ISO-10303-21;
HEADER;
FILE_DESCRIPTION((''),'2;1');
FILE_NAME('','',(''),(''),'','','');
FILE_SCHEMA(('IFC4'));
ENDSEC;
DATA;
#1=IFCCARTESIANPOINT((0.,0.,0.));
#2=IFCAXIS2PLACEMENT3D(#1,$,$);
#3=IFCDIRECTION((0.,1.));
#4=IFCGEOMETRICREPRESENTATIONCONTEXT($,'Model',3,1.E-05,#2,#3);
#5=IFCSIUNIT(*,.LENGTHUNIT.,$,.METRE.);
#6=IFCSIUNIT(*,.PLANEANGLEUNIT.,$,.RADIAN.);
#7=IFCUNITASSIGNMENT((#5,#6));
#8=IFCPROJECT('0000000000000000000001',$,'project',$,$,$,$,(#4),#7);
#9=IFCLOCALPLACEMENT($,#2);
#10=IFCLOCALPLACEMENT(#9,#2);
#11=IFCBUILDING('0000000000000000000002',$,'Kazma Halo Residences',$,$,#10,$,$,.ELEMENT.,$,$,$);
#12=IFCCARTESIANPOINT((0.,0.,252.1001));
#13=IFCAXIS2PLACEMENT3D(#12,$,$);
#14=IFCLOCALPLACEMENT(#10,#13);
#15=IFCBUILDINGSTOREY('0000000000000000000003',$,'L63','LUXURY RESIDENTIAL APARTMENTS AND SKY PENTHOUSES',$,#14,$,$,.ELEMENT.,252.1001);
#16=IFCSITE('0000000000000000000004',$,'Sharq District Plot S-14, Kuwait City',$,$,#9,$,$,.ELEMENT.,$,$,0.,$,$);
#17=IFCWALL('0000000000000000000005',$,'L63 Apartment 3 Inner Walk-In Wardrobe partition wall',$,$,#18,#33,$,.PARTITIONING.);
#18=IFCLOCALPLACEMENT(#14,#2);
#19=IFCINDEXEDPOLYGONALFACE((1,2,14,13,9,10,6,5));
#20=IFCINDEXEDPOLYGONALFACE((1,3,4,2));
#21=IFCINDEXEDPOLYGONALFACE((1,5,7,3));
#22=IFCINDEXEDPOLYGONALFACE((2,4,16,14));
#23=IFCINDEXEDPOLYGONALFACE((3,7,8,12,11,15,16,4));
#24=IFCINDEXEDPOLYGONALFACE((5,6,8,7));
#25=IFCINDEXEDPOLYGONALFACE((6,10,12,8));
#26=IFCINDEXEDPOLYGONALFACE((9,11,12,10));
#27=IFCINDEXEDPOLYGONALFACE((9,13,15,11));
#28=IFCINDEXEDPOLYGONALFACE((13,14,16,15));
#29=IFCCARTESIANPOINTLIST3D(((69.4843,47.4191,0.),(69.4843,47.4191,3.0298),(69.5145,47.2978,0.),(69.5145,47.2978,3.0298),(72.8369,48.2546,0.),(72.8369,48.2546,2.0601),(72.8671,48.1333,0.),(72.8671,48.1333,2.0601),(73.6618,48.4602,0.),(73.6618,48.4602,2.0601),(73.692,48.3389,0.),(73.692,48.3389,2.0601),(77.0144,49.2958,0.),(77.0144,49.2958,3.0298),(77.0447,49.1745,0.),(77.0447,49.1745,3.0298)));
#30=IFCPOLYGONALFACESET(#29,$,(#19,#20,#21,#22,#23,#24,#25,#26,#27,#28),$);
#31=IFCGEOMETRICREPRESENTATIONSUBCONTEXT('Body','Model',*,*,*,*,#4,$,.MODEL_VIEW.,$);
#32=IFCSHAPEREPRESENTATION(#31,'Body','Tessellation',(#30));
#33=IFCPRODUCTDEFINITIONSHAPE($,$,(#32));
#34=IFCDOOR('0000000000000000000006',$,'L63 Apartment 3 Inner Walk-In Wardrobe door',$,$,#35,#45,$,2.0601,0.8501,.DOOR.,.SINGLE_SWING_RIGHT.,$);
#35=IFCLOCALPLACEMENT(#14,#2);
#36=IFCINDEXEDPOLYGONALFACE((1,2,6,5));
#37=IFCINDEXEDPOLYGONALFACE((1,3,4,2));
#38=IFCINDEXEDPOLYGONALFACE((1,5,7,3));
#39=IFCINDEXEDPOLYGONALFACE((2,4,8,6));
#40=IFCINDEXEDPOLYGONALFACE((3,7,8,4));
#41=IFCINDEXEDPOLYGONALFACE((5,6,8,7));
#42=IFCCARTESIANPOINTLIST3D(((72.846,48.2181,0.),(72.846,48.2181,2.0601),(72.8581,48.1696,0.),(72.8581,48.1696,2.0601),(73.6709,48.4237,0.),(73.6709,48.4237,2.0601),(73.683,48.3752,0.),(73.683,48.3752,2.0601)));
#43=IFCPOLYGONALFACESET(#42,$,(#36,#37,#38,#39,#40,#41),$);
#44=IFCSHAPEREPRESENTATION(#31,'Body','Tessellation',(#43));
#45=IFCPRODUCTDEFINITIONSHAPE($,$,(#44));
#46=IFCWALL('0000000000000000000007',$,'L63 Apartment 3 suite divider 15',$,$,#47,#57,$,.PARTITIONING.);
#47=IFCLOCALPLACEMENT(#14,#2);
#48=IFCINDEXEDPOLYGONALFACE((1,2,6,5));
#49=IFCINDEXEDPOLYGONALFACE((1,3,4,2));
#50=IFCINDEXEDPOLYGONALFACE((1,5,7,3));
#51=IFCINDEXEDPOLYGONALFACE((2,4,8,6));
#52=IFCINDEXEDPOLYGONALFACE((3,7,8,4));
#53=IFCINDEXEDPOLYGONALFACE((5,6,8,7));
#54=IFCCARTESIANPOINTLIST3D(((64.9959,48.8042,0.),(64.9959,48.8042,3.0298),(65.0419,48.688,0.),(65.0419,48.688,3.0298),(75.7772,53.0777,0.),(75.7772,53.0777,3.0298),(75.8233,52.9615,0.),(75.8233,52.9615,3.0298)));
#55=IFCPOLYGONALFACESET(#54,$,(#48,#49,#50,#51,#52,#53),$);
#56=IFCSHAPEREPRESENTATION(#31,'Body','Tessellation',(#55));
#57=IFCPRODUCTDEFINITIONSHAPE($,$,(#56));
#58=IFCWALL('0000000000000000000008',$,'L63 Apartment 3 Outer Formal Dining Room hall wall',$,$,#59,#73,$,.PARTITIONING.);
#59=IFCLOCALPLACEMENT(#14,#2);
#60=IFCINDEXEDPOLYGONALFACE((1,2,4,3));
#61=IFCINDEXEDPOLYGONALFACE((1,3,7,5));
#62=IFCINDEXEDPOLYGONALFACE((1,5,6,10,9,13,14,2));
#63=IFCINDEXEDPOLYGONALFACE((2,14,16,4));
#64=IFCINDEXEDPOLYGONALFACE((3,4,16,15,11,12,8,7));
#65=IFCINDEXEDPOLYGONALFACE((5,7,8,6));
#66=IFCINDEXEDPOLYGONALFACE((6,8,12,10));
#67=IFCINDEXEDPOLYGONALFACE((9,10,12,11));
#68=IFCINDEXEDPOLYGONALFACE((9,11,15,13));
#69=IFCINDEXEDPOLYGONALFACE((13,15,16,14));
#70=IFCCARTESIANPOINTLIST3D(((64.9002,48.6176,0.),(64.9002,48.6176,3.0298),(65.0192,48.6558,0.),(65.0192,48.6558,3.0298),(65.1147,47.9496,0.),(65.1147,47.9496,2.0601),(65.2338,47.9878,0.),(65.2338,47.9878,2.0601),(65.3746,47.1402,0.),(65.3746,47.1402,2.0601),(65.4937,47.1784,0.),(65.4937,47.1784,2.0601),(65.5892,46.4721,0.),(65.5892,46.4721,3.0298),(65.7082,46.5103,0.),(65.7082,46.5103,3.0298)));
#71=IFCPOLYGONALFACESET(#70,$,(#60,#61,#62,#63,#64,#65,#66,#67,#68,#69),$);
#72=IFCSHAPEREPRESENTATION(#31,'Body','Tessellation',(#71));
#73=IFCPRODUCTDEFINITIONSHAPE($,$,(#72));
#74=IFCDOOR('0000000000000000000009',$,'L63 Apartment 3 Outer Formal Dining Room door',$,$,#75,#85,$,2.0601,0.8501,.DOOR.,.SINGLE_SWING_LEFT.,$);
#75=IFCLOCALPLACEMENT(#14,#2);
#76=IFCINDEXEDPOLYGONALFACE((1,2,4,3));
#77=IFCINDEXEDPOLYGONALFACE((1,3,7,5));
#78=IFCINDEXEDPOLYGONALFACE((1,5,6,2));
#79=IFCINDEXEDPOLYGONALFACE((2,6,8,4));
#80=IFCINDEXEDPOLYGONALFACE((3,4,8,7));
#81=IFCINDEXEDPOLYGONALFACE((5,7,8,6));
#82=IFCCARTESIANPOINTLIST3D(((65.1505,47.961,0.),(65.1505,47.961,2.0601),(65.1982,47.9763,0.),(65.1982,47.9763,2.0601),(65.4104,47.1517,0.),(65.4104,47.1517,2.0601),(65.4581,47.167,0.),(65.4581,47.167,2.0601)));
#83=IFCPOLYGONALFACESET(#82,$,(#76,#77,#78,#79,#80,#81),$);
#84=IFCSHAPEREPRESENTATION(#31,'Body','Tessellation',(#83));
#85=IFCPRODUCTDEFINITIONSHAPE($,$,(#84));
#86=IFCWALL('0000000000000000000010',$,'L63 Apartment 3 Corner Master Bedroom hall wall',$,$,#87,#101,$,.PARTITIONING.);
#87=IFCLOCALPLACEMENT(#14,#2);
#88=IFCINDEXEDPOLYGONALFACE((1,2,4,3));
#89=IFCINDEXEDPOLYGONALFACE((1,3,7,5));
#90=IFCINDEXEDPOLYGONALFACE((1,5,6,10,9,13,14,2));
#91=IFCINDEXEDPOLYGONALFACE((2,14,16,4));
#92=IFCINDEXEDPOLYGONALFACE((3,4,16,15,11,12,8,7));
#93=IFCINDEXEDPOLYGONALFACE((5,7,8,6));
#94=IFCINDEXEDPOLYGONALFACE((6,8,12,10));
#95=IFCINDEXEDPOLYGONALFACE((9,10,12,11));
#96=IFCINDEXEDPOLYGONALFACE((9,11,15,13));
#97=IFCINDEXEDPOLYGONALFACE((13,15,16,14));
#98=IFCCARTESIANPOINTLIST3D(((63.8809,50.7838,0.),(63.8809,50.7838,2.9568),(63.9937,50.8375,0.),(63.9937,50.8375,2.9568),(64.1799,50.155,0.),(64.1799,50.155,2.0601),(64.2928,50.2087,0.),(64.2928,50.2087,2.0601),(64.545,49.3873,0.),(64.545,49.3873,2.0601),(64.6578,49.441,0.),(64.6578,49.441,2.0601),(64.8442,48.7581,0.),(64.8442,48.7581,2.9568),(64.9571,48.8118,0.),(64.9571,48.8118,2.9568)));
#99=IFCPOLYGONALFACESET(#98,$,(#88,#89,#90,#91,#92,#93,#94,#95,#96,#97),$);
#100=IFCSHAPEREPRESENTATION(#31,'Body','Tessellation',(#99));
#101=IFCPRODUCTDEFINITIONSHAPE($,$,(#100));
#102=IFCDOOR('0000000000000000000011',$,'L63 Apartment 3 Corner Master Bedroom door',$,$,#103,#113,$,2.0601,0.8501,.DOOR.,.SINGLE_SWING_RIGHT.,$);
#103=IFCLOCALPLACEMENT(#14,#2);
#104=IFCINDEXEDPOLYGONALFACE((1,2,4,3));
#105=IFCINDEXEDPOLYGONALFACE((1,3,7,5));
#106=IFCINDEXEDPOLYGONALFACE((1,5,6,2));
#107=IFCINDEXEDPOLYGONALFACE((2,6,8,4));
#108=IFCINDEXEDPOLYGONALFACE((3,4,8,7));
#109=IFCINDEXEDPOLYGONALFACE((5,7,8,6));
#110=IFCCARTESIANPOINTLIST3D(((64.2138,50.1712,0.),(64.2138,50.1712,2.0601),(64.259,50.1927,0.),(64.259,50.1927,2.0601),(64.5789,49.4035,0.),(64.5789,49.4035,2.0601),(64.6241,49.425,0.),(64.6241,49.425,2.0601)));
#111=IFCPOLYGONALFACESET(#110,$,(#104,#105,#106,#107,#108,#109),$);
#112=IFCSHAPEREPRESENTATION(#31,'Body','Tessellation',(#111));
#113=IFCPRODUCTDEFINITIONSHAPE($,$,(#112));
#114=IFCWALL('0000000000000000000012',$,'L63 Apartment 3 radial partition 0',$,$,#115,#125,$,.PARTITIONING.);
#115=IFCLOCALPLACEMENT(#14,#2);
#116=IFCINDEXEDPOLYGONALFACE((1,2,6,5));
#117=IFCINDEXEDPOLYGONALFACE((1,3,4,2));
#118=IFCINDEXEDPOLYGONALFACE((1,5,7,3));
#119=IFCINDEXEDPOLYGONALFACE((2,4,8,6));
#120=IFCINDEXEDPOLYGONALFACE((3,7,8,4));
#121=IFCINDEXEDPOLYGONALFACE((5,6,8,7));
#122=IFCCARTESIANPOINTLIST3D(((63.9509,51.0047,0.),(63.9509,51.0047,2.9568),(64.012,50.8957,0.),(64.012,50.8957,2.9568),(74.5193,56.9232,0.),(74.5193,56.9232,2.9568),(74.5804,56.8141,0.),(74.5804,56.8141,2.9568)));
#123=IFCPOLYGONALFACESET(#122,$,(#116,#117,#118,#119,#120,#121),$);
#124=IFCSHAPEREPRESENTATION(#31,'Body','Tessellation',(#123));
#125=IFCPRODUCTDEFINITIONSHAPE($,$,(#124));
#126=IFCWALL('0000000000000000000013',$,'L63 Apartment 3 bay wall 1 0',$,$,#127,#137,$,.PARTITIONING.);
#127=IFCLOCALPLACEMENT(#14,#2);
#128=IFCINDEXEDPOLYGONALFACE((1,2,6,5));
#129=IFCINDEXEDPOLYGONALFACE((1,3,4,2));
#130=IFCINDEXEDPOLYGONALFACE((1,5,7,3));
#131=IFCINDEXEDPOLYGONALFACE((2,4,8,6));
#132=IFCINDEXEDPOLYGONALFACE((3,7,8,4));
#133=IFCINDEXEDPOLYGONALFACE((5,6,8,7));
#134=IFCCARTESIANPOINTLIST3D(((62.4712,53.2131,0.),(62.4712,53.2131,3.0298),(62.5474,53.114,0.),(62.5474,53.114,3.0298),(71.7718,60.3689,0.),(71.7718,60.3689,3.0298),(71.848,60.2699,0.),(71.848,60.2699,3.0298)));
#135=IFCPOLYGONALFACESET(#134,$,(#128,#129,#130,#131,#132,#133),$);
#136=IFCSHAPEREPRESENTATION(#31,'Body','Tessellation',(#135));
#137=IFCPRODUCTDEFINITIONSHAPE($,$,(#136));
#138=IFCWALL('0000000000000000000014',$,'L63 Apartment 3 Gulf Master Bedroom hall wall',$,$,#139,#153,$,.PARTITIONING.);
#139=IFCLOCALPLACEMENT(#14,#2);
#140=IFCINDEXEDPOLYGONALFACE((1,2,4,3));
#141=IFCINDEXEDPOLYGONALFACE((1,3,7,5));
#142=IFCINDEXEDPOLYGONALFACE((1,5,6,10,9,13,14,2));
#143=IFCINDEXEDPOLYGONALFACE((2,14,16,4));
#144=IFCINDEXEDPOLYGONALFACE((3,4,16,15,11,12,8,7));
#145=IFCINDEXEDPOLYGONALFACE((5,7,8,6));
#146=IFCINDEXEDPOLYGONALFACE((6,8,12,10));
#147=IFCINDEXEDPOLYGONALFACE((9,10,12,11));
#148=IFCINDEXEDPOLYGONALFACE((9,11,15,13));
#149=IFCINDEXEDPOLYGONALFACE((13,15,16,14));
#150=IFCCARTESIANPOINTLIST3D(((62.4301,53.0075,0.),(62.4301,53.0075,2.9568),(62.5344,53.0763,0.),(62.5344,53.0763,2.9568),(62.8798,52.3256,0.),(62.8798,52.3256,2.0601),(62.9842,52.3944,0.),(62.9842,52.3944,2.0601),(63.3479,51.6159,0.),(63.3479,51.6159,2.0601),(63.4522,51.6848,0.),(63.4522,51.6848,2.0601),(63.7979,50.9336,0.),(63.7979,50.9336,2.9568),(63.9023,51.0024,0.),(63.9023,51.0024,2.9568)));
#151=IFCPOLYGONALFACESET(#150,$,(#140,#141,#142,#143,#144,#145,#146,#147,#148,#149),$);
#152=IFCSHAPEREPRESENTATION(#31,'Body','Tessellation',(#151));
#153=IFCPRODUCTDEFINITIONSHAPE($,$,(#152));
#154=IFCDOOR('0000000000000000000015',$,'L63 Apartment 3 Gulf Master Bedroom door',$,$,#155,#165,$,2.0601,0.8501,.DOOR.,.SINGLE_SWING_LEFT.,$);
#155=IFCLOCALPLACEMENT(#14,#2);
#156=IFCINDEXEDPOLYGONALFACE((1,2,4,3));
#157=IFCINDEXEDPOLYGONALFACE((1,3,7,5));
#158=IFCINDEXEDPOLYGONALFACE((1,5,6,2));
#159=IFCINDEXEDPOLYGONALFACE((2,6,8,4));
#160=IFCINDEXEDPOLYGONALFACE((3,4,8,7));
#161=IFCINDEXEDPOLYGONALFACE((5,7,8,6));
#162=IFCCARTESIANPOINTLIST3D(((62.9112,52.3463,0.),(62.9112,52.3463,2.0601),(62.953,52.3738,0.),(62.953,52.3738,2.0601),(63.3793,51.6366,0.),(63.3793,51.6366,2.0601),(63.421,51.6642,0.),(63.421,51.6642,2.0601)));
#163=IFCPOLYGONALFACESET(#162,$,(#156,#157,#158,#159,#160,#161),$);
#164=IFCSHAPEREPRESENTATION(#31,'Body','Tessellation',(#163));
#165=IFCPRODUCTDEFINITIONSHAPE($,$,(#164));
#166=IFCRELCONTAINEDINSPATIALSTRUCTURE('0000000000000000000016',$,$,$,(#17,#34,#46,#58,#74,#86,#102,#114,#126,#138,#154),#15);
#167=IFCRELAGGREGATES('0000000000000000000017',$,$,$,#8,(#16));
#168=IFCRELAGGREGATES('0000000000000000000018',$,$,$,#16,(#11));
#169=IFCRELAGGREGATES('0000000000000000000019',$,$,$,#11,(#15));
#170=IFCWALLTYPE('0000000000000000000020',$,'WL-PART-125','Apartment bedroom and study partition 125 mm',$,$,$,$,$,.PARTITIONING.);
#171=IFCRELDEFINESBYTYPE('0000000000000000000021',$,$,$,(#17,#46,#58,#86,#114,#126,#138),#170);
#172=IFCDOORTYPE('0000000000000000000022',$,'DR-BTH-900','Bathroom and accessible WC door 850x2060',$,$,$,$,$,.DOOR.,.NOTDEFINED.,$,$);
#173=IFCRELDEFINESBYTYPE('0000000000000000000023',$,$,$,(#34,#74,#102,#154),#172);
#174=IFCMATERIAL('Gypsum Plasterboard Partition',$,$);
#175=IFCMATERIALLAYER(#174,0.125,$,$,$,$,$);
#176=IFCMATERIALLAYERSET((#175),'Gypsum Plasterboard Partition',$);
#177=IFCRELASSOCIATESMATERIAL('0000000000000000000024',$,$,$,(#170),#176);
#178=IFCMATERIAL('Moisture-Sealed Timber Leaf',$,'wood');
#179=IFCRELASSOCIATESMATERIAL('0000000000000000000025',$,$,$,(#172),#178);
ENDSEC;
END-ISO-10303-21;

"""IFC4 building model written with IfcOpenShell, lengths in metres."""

from ifc_helpers import new_model, si_unit, direction, frame, frame_2d, origin, place, context, subcontext, project, spatial, rectangle, extrude, material, layer, layer_set, type_object, element, fill, save


model = new_model("IFC4")

# Units and contexts
model_context = context("Model", 3, precision=1e-05, world=origin(), true_north=direction((0.0, 1.0)))
body_context = subcontext(model_context, "Body", "Model", "MODEL_VIEW")
ifc_project = project(units=[si_unit("LENGTHUNIT", "METRE"), si_unit("PLANEANGLEUNIT", "RADIAN")], contexts=[model_context])

# Site, building, storey
site_placement = place(None, origin())
site = spatial("IfcSite", under=ifc_project, at=site_placement, Name="Sharq District Plot S-14, Kuwait City", CompositionType="ELEMENT", RefElevation=0.0)
building_placement = place(site_placement, origin())
building = spatial("IfcBuilding", under=site, at=building_placement, Name="Kazma Halo Residences", CompositionType="ELEMENT")
storey_placement = place(building_placement, frame((0.0, 0.0, 252.1001)))
storey = spatial("IfcBuildingStorey", under=building, at=storey_placement, Name="L63", Description="LUXURY RESIDENTIAL APARTMENTS AND SKY PENTHOUSES", CompositionType="ELEMENT", Elevation=252.1001)

# Shared definitions
ifc_material_1 = material(Name="Gypsum Plasterboard Partition")
ifc_layer_1 = layer(ifc_material_1, 0.125)
ifc_layer_set_1 = layer_set([ifc_layer_1], Name="Gypsum Plasterboard Partition")
wall_type_1 = type_object("IfcWallType", Name="WL-PART-125", Description="Apartment bedroom and study partition 125 mm", PredefinedType="PARTITIONING", material=ifc_layer_set_1)

# Wall, opening, door
wall_1_placement = place(storey_placement, frame((69.4993, 47.3584, 0.0), z_axis=(0.0, 0.0, 1.0), x_axis=(0.97032, 0.241825, 0.0)))
wall_1 = element("IfcWall", 1, at=wall_1_placement, inside=storey, type_object=wall_type_1, Name="L63 Apartment 3 Inner Walk-In Wardrobe partition wall", PredefinedType="PARTITIONING", context=body_context, shape_type="SweptSolid", body=[
    extrude(rectangle(XDim=7.7605, YDim=0.125, at=frame_2d((3.8804, 0.0))), origin(), (0.0, 0.0, 1.0), 3.0298),
])
opening_1_placement = place(wall_1_placement, frame((3.4553, 0.0, 0.0)))
opening_1 = element("IfcOpeningElement", 2, at=opening_1_placement, cuts=wall_1, PredefinedType="OPENING", context=body_context, shape_type="SweptSolid", body=[
    extrude(rectangle(XDim=0.8501, YDim=2.0601, at=frame_2d((0.425, 1.03))), frame((0.0, 0.0725, 0.0), z_axis=(0.0, -1.0, 0.0), x_axis=(1.0, 0.0, 0.0)), (0.0, 0.0, 1.0), 0.145),
])
ifc_material_2 = material(Name="Moisture-Sealed Timber Leaf", Category="wood")
door_type = type_object("IfcDoorType", Name="DR-BTH-900", Description="Bathroom and accessible WC door 850x2060", OperationType="NOTDEFINED", PredefinedType="DOOR", material=ifc_material_2)
door_1_placement = place(opening_1_placement, origin())
door_1 = element("IfcDoor", 3, at=door_1_placement, inside=storey, type_object=door_type, Name="L63 Apartment 3 Inner Walk-In Wardrobe door", OperationType="SINGLE_SWING_RIGHT", OverallHeight=2.0601, OverallWidth=0.8501, PredefinedType="DOOR", context=body_context, shape_type="SweptSolid", body=[
    extrude(rectangle(XDim=0.8501, YDim=2.0601, at=frame_2d((0.425, 1.03))), frame((0.0, 0.0249, 0.0), z_axis=(0.0, -1.0, 0.0), x_axis=(1.0, 0.0, 0.0)), (0.0, 0.0, 1.0), 0.05),
])
fill(opening_1, door_1)

# Wall
wall_2_placement = place(storey_placement, frame((65.0188, 48.7461, 0.0), z_axis=(0.0, 0.0, 1.0), x_axis=(0.929634, 0.368485, 0.0)))
element("IfcWall", 4, at=wall_2_placement, inside=storey, type_object=wall_type_1, Name="L63 Apartment 3 suite divider 15", PredefinedType="PARTITIONING", context=body_context, shape_type="SweptSolid", body=[
    extrude(rectangle(XDim=11.5974, YDim=0.125, at=frame_2d((5.7988, 0.0))), origin(), (0.0, 0.0, 1.0), 3.0298),
])

# Walls, openings, doors
wall_3_placement = place(storey_placement, frame((65.6487, 46.4912, 0.0), z_axis=(0.0, 0.0, 1.0), x_axis=(-0.305743, 0.952114, 0.0)))
wall_3 = element("IfcWall", 5, at=wall_3_placement, inside=storey, type_object=wall_type_1, Name="L63 Apartment 3 Outer Formal Dining Room hall wall", PredefinedType="PARTITIONING", context=body_context, shape_type="SweptSolid", body=[
    extrude(rectangle(XDim=2.2534, YDim=0.125, at=frame_2d((1.1267, 0.0))), origin(), (0.0, 0.0, 1.0), 3.0298),
])
opening_2_placement = place(wall_3_placement, frame((0.7017, 0.0, 0.0)))
opening_2 = element("IfcOpeningElement", 6, at=opening_2_placement, cuts=wall_3, PredefinedType="OPENING", context=body_context, shape_type="SweptSolid", body=[
    extrude(rectangle(XDim=0.8501, YDim=2.0601, at=frame_2d((0.425, 1.03))), frame((0.0, 0.0725, 0.0), z_axis=(0.0, -1.0, 0.0), x_axis=(1.0, 0.0, 0.0)), (0.0, 0.0, 1.0), 0.145),
])
door_2_placement = place(opening_2_placement, origin())
door_2 = element("IfcDoor", 7, at=door_2_placement, inside=storey, type_object=door_type, Name="L63 Apartment 3 Outer Formal Dining Room door", OperationType="SINGLE_SWING_LEFT", OverallHeight=2.0601, OverallWidth=0.8501, PredefinedType="DOOR", context=body_context, shape_type="SweptSolid", body=[
    extrude(rectangle(XDim=0.8501, YDim=2.0601, at=frame_2d((0.425, 1.03))), frame((0.0, 0.0249, 0.0), z_axis=(0.0, -1.0, 0.0), x_axis=(1.0, 0.0, 0.0)), (0.0, 0.0, 1.0), 0.05),
])
fill(opening_2, door_2)
wall_4_placement = place(storey_placement, frame((64.9006, 48.7849, 0.0), z_axis=(0.0, 0.0, 1.0), x_axis=(-0.429452, 0.90309, 0.0)))
wall_4 = element("IfcWall", 8, at=wall_4_placement, inside=storey, type_object=wall_type_1, Name="L63 Apartment 3 Corner Master Bedroom hall wall", PredefinedType="PARTITIONING", context=body_context, shape_type="SweptSolid", body=[
    extrude(rectangle(XDim=2.2432, YDim=0.125, at=frame_2d((1.1216, 0.0))), origin(), (0.0, 0.0, 1.0), 2.9568),
])
opening_3_placement = place(wall_4_placement, frame((0.6968, 0.0, 0.0)))
opening_3 = element("IfcOpeningElement", 9, at=opening_3_placement, cuts=wall_4, PredefinedType="OPENING", context=body_context, shape_type="SweptSolid", body=[
    extrude(rectangle(XDim=0.8501, YDim=2.0601, at=frame_2d((0.425, 1.03))), frame((0.0, 0.0725, 0.0), z_axis=(0.0, -1.0, 0.0), x_axis=(1.0, 0.0, 0.0)), (0.0, 0.0, 1.0), 0.145),
])
door_3_placement = place(opening_3_placement, origin())
door_3 = element("IfcDoor", 10, at=door_3_placement, inside=storey, type_object=door_type, Name="L63 Apartment 3 Corner Master Bedroom door", OperationType="SINGLE_SWING_RIGHT", OverallHeight=2.0601, OverallWidth=0.8501, PredefinedType="DOOR", context=body_context, shape_type="SweptSolid", body=[
    extrude(rectangle(XDim=0.8501, YDim=2.0601, at=frame_2d((0.425, 1.03))), frame((0.0, 0.0249, 0.0), z_axis=(0.0, -1.0, 0.0), x_axis=(1.0, 0.0, 0.0)), (0.0, 0.0, 1.0), 0.05),
])
fill(opening_3, door_3)

# Walls
wall_5_placement = place(storey_placement, frame((63.9814, 50.9502, 0.0), z_axis=(0.0, 0.0, 1.0), x_axis=(0.8725, 0.488614, 0.0)))
element("IfcWall", 11, at=wall_5_placement, inside=storey, type_object=wall_type_1, Name="L63 Apartment 3 radial partition 0", PredefinedType="PARTITIONING", context=body_context, shape_type="SweptSolid", body=[
    extrude(rectangle(XDim=12.1128, YDim=0.125, at=frame_2d((6.0564, 0.0))), origin(), (0.0, 0.0, 1.0), 2.9568),
])
wall_6_placement = place(storey_placement, frame((62.5093, 53.1636, 0.0), z_axis=(0.0, 0.0, 1.0), x_axis=(0.792562, 0.609791, 0.0)))
element("IfcWall", 12, at=wall_6_placement, inside=storey, type_object=wall_type_1, Name="L63 Apartment 3 bay wall 1 0", PredefinedType="PARTITIONING", context=body_context, shape_type="SweptSolid", body=[
    extrude(rectangle(XDim=11.7349, YDim=0.125, at=frame_2d((5.8674, 0.0))), origin(), (0.0, 0.0, 1.0), 3.0298),
])

# Wall, opening, door
wall_7_placement = place(storey_placement, frame((63.8501, 50.968, 0.0), z_axis=(0.0, 0.0, 1.0), x_axis=(-0.550589, 0.834777, 0.0)))
wall_7 = element("IfcWall", 13, at=wall_7_placement, inside=storey, type_object=wall_type_1, Name="L63 Apartment 3 Gulf Master Bedroom hall wall", PredefinedType="PARTITIONING", context=body_context, shape_type="SweptSolid", body=[
    extrude(rectangle(XDim=2.4844, YDim=0.125, at=frame_2d((1.2422, 0.0))), origin(), (0.0, 0.0, 1.0), 2.9568),
])
opening_4_placement = place(wall_7_placement, frame((0.8174, 0.0, 0.0)))
opening_4 = element("IfcOpeningElement", 14, at=opening_4_placement, cuts=wall_7, PredefinedType="OPENING", context=body_context, shape_type="SweptSolid", body=[
    extrude(rectangle(XDim=0.8501, YDim=2.0601, at=frame_2d((0.425, 1.03))), frame((0.0, 0.0725, 0.0), z_axis=(0.0, -1.0, 0.0), x_axis=(1.0, 0.0, 0.0)), (0.0, 0.0, 1.0), 0.145),
])
door_4_placement = place(opening_4_placement, origin())
door_4 = element("IfcDoor", 15, at=door_4_placement, inside=storey, type_object=door_type, Name="L63 Apartment 3 Gulf Master Bedroom door", OperationType="SINGLE_SWING_LEFT", OverallHeight=2.0601, OverallWidth=0.8501, PredefinedType="DOOR", context=body_context, shape_type="SweptSolid", body=[
    extrude(rectangle(XDim=0.8501, YDim=2.0601, at=frame_2d((0.425, 1.03))), frame((0.0, 0.0249, 0.0), z_axis=(0.0, -1.0, 0.0), x_axis=(1.0, 0.0, 0.0)), (0.0, 0.0, 1.0), 0.05),
])
fill(opening_4, door_4)

save(model, "model.ifc")
